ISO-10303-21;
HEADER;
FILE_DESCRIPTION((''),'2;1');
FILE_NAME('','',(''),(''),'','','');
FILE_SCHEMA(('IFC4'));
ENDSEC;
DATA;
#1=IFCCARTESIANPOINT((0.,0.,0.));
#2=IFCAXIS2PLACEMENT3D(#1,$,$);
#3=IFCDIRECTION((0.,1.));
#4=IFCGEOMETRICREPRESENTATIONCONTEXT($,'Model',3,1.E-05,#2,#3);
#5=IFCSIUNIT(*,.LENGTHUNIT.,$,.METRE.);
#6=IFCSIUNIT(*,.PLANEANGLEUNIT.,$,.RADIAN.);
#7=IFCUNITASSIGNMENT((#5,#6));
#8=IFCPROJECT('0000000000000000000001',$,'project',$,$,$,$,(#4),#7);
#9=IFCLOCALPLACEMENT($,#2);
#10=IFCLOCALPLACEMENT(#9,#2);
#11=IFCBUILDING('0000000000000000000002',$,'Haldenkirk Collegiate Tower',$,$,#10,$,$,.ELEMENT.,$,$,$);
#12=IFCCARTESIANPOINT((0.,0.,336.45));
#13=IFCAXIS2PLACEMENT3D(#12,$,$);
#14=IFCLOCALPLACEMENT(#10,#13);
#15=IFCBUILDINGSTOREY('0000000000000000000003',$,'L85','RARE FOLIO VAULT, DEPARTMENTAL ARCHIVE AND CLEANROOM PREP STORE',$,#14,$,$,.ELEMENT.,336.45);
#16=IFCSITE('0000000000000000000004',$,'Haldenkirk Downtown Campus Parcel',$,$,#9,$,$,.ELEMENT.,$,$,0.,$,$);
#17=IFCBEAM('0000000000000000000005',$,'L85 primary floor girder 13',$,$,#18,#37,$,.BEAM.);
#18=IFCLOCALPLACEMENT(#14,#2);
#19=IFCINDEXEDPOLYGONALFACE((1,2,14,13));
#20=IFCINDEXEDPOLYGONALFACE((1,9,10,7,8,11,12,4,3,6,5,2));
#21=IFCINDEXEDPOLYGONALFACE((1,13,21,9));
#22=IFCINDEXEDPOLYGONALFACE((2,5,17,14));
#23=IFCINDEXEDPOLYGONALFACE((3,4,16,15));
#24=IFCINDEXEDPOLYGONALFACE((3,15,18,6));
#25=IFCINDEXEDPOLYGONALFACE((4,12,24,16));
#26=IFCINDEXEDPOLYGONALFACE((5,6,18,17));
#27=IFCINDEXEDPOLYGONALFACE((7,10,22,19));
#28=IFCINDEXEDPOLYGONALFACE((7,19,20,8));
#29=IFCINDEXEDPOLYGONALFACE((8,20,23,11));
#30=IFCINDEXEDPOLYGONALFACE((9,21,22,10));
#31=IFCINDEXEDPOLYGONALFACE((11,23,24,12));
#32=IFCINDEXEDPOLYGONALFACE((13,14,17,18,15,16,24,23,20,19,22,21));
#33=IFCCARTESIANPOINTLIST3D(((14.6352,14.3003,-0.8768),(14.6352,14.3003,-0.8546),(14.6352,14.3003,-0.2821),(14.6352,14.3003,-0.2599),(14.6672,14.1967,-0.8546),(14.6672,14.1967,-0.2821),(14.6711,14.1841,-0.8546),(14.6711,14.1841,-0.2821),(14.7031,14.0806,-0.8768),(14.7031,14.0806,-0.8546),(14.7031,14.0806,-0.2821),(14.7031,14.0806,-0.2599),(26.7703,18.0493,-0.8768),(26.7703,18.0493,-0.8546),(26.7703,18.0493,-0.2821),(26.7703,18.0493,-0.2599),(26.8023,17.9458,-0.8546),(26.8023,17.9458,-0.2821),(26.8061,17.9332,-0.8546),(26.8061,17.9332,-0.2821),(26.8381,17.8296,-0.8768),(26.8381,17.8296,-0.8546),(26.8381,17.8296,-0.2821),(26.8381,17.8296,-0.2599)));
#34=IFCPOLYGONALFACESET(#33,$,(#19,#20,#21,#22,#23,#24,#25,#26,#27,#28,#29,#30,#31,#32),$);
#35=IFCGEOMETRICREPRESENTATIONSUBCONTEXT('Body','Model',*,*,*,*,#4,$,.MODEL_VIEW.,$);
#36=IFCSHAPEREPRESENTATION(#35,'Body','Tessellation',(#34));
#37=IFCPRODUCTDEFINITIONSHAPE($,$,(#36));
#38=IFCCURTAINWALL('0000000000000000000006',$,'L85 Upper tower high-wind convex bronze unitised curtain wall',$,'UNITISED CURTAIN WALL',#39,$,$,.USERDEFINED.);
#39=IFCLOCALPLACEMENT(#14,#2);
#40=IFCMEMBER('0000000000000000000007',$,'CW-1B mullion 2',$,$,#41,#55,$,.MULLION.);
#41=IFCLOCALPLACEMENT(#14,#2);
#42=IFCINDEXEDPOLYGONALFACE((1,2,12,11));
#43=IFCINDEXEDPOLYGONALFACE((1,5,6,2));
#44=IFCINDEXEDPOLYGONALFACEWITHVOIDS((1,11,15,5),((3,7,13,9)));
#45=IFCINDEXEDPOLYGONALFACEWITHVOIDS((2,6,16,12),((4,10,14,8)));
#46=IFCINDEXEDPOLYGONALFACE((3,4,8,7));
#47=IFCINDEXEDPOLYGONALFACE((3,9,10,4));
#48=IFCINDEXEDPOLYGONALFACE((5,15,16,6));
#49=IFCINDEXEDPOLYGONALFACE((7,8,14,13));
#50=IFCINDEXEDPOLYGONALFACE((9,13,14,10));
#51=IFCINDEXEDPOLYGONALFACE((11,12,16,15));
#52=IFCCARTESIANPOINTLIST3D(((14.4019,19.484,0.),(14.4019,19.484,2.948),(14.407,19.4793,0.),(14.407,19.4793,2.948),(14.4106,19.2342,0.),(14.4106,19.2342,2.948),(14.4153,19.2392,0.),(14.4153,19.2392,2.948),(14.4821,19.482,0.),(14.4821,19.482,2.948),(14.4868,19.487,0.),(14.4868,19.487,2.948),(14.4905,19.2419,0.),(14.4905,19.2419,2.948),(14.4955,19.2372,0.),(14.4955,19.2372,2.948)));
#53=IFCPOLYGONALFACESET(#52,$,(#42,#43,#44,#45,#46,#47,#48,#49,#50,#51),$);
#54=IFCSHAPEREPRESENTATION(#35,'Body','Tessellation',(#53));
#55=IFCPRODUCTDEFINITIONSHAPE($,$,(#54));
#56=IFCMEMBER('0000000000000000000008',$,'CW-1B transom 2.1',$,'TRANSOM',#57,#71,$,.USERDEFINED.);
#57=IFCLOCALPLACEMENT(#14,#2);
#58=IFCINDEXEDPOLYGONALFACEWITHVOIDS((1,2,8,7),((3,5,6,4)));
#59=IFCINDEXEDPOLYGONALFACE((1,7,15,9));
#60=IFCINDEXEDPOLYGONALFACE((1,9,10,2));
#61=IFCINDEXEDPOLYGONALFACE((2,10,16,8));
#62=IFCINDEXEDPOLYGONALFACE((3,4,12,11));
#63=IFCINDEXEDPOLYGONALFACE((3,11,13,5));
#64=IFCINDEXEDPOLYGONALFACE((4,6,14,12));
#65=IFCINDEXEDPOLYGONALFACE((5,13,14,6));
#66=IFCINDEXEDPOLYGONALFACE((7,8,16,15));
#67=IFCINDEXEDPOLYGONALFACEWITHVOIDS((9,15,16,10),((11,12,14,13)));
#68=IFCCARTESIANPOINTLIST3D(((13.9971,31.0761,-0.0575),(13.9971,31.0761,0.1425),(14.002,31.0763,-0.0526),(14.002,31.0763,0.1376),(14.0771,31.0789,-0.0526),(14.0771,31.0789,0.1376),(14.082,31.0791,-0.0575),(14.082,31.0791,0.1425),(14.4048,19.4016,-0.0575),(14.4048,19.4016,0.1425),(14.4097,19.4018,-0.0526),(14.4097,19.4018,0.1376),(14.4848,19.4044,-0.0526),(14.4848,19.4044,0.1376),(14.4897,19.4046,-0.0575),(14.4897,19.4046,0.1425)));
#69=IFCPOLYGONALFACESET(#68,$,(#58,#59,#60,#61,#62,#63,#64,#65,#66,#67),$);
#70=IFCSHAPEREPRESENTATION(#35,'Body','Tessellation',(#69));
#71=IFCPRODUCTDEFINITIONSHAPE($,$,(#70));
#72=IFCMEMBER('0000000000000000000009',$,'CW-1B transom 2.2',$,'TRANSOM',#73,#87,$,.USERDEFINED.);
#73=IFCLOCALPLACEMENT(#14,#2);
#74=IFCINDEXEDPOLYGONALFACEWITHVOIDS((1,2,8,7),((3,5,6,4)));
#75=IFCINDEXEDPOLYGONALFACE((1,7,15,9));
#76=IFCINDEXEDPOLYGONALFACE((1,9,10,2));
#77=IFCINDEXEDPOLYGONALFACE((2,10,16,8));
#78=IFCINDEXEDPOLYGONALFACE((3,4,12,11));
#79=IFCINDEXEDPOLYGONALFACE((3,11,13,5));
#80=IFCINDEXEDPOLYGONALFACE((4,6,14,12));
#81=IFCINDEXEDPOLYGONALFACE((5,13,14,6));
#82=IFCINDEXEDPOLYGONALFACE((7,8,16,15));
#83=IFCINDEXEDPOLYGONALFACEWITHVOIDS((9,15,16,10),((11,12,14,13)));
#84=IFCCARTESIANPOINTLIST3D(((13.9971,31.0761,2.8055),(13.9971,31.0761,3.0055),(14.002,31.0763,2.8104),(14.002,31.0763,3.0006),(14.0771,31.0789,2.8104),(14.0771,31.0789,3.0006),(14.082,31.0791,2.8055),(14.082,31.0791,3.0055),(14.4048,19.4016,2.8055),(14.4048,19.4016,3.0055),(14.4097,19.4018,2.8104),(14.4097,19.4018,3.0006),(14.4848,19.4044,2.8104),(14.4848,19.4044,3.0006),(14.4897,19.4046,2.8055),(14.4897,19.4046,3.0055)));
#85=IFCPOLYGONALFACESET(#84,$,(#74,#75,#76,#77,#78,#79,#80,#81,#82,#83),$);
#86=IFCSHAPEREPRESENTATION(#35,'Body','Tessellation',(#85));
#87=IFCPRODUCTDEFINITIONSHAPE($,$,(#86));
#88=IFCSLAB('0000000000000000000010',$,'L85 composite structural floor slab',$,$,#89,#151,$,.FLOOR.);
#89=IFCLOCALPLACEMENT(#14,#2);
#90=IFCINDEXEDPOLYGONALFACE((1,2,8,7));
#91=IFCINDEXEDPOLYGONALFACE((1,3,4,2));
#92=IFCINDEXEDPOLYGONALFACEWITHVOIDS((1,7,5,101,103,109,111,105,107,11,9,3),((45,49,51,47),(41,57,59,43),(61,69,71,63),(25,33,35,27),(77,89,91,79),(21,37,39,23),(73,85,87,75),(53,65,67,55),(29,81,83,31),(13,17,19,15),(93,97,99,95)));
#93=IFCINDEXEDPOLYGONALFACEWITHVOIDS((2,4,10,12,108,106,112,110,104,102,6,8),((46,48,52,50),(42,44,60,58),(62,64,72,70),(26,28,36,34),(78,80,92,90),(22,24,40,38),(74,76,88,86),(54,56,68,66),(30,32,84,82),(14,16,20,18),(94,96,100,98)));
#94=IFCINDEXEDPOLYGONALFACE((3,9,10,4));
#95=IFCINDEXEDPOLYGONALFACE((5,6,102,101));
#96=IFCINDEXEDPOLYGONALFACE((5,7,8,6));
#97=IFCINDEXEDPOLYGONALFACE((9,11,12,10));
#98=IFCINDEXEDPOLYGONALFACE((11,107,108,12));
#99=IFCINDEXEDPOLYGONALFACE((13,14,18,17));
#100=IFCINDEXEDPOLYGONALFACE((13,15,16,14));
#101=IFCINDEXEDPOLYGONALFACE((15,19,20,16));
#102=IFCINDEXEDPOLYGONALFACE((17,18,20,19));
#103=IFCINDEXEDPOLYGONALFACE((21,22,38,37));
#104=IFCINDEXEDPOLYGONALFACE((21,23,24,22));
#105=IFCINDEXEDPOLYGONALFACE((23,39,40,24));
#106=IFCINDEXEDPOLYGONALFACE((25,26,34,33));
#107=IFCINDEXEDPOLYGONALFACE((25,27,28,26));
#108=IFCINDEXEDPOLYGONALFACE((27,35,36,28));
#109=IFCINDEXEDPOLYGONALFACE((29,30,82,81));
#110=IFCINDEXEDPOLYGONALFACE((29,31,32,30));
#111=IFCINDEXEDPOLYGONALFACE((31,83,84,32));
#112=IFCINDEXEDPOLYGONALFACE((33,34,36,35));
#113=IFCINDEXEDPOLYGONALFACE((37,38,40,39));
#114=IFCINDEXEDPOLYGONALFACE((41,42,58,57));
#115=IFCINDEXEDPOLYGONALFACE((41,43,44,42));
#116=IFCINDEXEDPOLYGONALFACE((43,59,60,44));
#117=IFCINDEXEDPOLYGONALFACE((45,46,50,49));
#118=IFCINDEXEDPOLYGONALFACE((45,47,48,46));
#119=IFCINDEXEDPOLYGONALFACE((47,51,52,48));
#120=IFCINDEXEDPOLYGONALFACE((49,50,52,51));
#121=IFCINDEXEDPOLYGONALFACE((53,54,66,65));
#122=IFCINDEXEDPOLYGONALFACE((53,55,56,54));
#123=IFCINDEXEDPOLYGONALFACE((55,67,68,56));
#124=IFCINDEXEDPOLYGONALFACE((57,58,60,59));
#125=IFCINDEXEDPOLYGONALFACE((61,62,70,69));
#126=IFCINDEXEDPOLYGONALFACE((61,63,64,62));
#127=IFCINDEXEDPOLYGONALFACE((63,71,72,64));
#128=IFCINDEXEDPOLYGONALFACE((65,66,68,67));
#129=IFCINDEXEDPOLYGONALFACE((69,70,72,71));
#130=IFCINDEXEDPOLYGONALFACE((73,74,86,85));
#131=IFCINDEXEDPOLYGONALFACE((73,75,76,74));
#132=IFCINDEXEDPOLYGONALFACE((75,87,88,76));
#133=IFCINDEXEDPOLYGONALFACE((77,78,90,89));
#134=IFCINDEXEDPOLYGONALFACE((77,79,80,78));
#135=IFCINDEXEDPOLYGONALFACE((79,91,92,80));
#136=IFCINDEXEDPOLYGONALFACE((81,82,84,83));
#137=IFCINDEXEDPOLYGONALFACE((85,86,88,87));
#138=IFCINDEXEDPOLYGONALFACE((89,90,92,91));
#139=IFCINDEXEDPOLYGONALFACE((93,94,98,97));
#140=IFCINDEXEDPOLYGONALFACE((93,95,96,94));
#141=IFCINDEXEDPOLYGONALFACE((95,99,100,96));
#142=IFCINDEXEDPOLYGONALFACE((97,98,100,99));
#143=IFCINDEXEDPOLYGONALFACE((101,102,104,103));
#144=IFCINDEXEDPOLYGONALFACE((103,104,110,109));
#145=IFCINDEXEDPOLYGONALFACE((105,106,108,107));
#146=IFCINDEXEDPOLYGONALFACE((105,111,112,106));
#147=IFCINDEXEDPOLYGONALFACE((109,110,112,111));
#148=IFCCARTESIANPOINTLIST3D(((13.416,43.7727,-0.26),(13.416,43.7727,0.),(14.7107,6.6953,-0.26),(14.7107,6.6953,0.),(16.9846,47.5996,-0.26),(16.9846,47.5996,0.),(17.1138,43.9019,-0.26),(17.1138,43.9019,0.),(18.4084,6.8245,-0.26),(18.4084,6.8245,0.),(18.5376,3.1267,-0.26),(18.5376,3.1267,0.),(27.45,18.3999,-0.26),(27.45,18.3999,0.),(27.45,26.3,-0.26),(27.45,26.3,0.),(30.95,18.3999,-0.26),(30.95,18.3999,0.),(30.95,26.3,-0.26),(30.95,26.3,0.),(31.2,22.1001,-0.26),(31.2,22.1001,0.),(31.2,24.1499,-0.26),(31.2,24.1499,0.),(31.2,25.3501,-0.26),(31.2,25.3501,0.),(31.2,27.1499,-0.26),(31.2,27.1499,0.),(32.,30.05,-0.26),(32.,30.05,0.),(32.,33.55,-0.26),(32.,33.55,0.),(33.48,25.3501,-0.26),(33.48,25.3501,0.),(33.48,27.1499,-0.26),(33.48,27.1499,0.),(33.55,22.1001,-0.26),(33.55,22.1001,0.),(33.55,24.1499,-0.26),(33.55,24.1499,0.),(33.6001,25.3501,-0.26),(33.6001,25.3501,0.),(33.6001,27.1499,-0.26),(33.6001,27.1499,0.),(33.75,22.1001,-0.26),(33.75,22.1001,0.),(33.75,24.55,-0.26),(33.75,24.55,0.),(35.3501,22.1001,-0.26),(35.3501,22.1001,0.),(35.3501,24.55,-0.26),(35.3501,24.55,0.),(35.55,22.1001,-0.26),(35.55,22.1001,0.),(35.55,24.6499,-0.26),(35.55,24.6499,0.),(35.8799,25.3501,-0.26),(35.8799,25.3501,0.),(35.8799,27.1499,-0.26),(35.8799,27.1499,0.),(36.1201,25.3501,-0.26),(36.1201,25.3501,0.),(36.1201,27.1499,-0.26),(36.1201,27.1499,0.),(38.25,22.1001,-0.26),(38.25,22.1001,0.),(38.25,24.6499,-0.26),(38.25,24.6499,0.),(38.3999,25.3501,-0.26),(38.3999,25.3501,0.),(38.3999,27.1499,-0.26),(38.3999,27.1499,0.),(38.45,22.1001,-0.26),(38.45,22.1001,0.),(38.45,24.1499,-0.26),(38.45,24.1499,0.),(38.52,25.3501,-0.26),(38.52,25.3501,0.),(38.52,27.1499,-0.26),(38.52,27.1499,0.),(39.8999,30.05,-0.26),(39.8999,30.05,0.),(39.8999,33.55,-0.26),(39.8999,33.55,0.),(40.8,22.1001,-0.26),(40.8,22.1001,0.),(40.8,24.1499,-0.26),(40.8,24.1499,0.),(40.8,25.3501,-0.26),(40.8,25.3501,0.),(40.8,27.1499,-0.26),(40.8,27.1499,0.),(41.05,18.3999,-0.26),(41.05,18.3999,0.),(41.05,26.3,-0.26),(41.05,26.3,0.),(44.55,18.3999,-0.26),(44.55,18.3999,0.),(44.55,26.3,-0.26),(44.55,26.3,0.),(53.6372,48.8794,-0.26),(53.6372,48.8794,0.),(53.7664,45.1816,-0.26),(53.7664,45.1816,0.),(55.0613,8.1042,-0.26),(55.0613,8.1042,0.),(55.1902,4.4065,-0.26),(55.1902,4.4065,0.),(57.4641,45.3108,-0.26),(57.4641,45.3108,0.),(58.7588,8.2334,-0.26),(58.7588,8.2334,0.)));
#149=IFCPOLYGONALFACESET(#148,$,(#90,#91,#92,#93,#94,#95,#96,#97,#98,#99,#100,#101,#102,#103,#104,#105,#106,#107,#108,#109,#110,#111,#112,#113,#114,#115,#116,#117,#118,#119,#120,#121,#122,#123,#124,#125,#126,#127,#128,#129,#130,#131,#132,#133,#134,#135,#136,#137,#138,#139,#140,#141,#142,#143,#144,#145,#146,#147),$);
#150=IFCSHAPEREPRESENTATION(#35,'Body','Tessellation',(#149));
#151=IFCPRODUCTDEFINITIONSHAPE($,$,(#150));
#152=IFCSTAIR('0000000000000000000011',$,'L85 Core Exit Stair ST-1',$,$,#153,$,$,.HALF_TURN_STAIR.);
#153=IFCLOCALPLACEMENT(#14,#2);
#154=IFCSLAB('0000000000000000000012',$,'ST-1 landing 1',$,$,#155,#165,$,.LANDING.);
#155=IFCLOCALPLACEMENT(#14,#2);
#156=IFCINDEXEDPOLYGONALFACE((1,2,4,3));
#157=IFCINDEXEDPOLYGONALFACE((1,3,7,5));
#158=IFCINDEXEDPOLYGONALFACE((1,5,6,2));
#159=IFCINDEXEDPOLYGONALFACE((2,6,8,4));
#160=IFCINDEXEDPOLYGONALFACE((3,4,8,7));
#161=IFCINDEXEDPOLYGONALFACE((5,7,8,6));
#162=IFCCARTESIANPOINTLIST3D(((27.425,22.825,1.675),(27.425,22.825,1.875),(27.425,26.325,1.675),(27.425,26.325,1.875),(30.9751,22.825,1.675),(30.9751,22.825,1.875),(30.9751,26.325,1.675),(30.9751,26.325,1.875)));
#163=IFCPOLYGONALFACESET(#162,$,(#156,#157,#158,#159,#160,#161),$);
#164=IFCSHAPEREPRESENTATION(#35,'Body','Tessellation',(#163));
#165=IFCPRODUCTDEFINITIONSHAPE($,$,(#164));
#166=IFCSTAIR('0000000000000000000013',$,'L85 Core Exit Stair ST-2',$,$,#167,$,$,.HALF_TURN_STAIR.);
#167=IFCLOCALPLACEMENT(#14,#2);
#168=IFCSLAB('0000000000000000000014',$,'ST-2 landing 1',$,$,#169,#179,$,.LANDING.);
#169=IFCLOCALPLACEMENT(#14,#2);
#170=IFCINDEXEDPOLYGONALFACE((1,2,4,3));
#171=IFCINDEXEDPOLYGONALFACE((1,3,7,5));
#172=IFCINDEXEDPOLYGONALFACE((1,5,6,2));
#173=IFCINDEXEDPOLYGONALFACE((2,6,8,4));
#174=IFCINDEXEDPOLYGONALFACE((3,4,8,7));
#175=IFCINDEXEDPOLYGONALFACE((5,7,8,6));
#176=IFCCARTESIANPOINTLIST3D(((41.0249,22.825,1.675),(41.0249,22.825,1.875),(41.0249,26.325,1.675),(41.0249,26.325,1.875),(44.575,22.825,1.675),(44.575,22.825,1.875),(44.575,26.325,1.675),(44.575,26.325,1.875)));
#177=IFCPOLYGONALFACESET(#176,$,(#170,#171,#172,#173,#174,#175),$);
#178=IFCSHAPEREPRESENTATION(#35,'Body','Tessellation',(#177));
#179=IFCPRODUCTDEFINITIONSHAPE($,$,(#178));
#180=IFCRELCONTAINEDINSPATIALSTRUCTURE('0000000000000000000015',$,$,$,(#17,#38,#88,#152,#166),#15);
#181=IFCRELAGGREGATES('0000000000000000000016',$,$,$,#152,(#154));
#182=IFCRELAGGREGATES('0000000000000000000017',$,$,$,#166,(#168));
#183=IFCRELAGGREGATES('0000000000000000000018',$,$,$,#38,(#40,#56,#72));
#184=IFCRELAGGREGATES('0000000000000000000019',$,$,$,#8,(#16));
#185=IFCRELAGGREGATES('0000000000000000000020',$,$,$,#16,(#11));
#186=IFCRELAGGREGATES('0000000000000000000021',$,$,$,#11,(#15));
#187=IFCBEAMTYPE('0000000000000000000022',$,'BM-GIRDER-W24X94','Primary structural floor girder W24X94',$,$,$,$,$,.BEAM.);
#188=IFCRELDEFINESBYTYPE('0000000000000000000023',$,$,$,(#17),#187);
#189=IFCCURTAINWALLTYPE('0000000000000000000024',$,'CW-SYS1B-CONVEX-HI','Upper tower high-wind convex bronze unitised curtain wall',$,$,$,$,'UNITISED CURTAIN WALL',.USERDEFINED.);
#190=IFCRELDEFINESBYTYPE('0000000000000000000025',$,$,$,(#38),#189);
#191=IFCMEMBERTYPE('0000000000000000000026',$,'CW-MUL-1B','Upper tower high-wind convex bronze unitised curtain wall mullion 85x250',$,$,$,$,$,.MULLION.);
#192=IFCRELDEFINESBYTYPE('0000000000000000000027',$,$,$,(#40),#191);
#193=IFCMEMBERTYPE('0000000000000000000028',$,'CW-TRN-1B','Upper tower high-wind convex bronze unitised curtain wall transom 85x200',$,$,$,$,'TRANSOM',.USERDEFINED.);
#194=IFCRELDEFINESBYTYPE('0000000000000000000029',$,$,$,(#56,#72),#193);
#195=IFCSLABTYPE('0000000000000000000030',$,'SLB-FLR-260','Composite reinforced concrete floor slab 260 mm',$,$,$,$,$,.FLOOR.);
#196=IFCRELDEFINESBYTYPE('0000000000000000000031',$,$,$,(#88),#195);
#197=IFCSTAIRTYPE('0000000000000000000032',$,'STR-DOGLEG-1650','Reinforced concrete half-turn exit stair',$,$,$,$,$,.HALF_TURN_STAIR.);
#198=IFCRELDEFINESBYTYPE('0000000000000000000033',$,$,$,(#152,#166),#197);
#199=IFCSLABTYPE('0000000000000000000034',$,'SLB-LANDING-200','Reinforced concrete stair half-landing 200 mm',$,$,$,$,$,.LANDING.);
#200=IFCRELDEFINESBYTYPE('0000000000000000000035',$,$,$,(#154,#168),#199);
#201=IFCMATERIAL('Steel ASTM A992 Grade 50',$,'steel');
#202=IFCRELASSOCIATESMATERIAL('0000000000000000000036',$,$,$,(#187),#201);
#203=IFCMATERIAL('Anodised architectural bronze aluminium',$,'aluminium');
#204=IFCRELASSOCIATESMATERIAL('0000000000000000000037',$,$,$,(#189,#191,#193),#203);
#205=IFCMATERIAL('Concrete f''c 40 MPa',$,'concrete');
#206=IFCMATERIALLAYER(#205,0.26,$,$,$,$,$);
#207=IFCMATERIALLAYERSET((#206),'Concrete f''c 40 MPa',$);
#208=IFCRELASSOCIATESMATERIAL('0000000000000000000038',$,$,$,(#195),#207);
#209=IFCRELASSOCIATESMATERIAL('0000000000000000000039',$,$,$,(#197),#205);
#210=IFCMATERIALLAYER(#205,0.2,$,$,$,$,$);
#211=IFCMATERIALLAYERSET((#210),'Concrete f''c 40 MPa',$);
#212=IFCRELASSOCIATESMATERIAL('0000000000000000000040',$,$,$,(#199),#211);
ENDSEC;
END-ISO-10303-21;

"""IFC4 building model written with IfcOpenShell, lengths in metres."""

from ifc_helpers import new_model, si_unit, direction, frame, origin, origin_2d, place, context, subcontext, project, spatial, polyline, hollow_rectangle, i_section, outline, extrude, material, layer, layer_set, material_profile, profile_set, type_object, element, aggregate, save


model = new_model("IFC4")

# Units and contexts
model_context = context("Model", 3, precision=1e-05, world=origin(), true_north=direction((0.0, 1.0)))
body_context = subcontext(model_context, "Body", "Model", "MODEL_VIEW")
ifc_project = project(units=[si_unit("LENGTHUNIT", "METRE"), si_unit("PLANEANGLEUNIT", "RADIAN")], contexts=[model_context])

# Site, building, storey
site_placement = place(None, origin())
site = spatial("IfcSite", under=ifc_project, at=site_placement, Name="Haldenkirk Downtown Campus Parcel", CompositionType="ELEMENT", RefElevation=0.0)
building_placement = place(site_placement, origin())
building = spatial("IfcBuilding", under=site, at=building_placement, Name="Haldenkirk Collegiate Tower", CompositionType="ELEMENT")
storey_placement = place(building_placement, frame((0.0, 0.0, 336.45)))
storey = spatial("IfcBuildingStorey", under=building, at=storey_placement, Name="L85", Description="RARE FOLIO VAULT, DEPARTMENTAL ARCHIVE AND CLEANROOM PREP STORE", CompositionType="ELEMENT", Elevation=336.45)

# Beam
ifc_material_1 = material(Name="Steel ASTM A992 Grade 50", Category="steel")
ifc_material_profile_1 = material_profile(ifc_material_1, i_section(OverallWidth=0.23, OverallDepth=0.6169, WebThickness=0.0132, FlangeThickness=0.0222, at=origin_2d()), Name="W24X94")
ifc_profile_set_1 = profile_set([ifc_material_profile_1], Name="Steel ASTM A992 Grade 50")
beam_type = type_object("IfcBeamType", Name="BM-GIRDER-W24X94", Description="Primary structural floor girder W24X94", PredefinedType="BEAM", material=ifc_profile_set_1)
beam_placement = place(storey_placement, frame((14.6692, 14.1904, -0.5684), z_axis=(0.955443, 0.295177, 0.0), x_axis=(-0.295177, 0.955443, 0.0)))
element("IfcBeam", 1, at=beam_placement, inside=storey, type_object=beam_type, Name="L85 primary floor girder 13", PredefinedType="BEAM", context=body_context, shape_type="SweptSolid", body=[
    extrude(i_section(OverallWidth=0.23, OverallDepth=0.6169, WebThickness=0.0132, FlangeThickness=0.0222, at=origin_2d()), origin(), (0.0, 0.0, 1.0), 12.7009),
])

# Curtain wall, members
ifc_material_2 = material(Name="Anodised architectural bronze aluminium", Category="aluminium")
curtain_wall_type = type_object("IfcCurtainWallType", Name="CW-SYS1B-CONVEX-HI", Description="Upper tower high-wind convex bronze unitised curtain wall", ElementType="UNITISED CURTAIN WALL", PredefinedType="USERDEFINED", material=ifc_material_2)
curtain_wall_placement = place(storey_placement, origin())
curtain_wall = element("IfcCurtainWall", 2, at=curtain_wall_placement, inside=storey, type_object=curtain_wall_type, Name="L85 Upper tower high-wind convex bronze unitised curtain wall", ObjectType="UNITISED CURTAIN WALL", PredefinedType="USERDEFINED")
ifc_material_profile_2 = material_profile(ifc_material_2, hollow_rectangle(XDim=0.085, YDim=0.25, WallThickness=0.0049, at=origin_2d()), Name="CW-MUL-1B")
ifc_profile_set_2 = profile_set([ifc_material_profile_2], Name="Anodised architectural bronze aluminium")
member_type_1 = type_object("IfcMemberType", Name="CW-MUL-1B", Description="Upper tower high-wind convex bronze unitised curtain wall mullion 85x250", PredefinedType="MULLION", material=ifc_profile_set_2)
member_1_placement = place(storey_placement, frame((14.4487, 19.3606, 0.0), z_axis=(0.0, 0.0, 1.0), x_axis=(-0.999391, -0.034901, 0.0)))
member_1 = element("IfcMember", 3, at=member_1_placement, type_object=member_type_1, Name="CW-1B mullion 2", PredefinedType="MULLION", context=body_context, shape_type="SweptSolid", body=[
    extrude(hollow_rectangle(XDim=0.085, YDim=0.25, WallThickness=0.0049, at=origin_2d()), origin(), (0.0, 0.0, 1.0), 2.948),
])
ifc_material_profile_3 = material_profile(ifc_material_2, hollow_rectangle(XDim=0.085, YDim=0.2, WallThickness=0.0049, at=origin_2d()), Name="CW-TRN-1B")
ifc_profile_set_3 = profile_set([ifc_material_profile_3], Name="Anodised architectural bronze aluminium")
member_type_2 = type_object("IfcMemberType", Name="CW-TRN-1B", Description="Upper tower high-wind convex bronze unitised curtain wall transom 85x200", ElementType="TRANSOM", PredefinedType="USERDEFINED", material=ifc_profile_set_3)
member_2_placement = place(storey_placement, frame((14.4473, 19.4031, 0.0425), z_axis=(-0.034902, 0.999391, 0.0), x_axis=(-0.999391, -0.034902, 0.0)))
member_2 = element("IfcMember", 4, at=member_2_placement, type_object=member_type_2, Name="CW-1B transom 2.1", ObjectType="TRANSOM", PredefinedType="USERDEFINED", context=body_context, shape_type="SweptSolid", body=[
    extrude(hollow_rectangle(XDim=0.085, YDim=0.2, WallThickness=0.0049, at=origin_2d()), origin(), (0.0, 0.0, 1.0), 11.6816),
])
member_3_placement = place(storey_placement, frame((14.4473, 19.4031, 2.9055), z_axis=(-0.034902, 0.999391, 0.0), x_axis=(-0.999391, -0.034902, 0.0)))
member_3 = element("IfcMember", 5, at=member_3_placement, type_object=member_type_2, Name="CW-1B transom 2.2", ObjectType="TRANSOM", PredefinedType="USERDEFINED", context=body_context, shape_type="SweptSolid", body=[
    extrude(hollow_rectangle(XDim=0.085, YDim=0.2, WallThickness=0.0049, at=origin_2d()), origin(), (0.0, 0.0, 1.0), 11.6816),
])

# Slab
ifc_material_3 = material(Name="Concrete f'c 40 MPa", Category="concrete")
ifc_layer_1 = layer(ifc_material_3, 0.26)
ifc_layer_set_1 = layer_set([ifc_layer_1], Name="Concrete f'c 40 MPa")
slab_type_1 = type_object("IfcSlabType", Name="SLB-FLR-260", Description="Composite reinforced concrete floor slab 260 mm", PredefinedType="FLOOR", material=ifc_layer_set_1)
slab_1_placement = place(storey_placement, frame((0.0, 0.0, -0.26)))
element("IfcSlab", 6, at=slab_1_placement, inside=storey, type_object=slab_type_1, Name="L85 composite structural floor slab", PredefinedType="FLOOR", context=body_context, shape_type="SweptSolid", body=[
    extrude(outline(polyline([(58.7588, 8.2334), (57.4641, 45.3108), (53.7664, 45.1816), (53.6372, 48.8794), (16.9846, 47.5996), (17.1138, 43.9019), (13.416, 43.7727), (14.7107, 6.6953), (18.4084, 6.8245), (18.5376, 3.1267), (55.1902, 4.4065), (55.0613, 8.1042), (58.7588, 8.2334)]), holes=[polyline([(27.45, 18.3999), (30.95, 18.3999), (30.95, 26.3), (27.45, 26.3), (27.45, 18.3999)]), polyline([(41.05, 18.3999), (44.55, 18.3999), (44.55, 26.3), (41.05, 26.3), (41.05, 18.3999)]), polyline([(32.0, 30.05), (39.8999, 30.05), (39.8999, 33.55), (32.0, 33.55), (32.0, 30.05)]), polyline([(33.75, 22.1001), (35.3501, 22.1001), (35.3501, 24.55), (33.75, 24.55), (33.75, 22.1001)]), polyline([(31.2, 25.3501), (33.48, 25.3501), (33.48, 27.1499), (31.2, 27.1499), (31.2, 25.3501)]), polyline([(33.6001, 25.3501), (35.8799, 25.3501), (35.8799, 27.1499), (33.6001, 27.1499), (33.6001, 25.3501)]), polyline([(36.1201, 25.3501), (38.3999, 25.3501), (38.3999, 27.1499), (36.1201, 27.1499), (36.1201, 25.3501)]), polyline([(38.52, 25.3501), (40.8, 25.3501), (40.8, 27.1499), (38.52, 27.1499), (38.52, 25.3501)]), polyline([(31.2, 22.1001), (33.55, 22.1001), (33.55, 24.1499), (31.2, 24.1499), (31.2, 22.1001)]), polyline([(38.45, 22.1001), (40.8, 22.1001), (40.8, 24.1499), (38.45, 24.1499), (38.45, 22.1001)]), polyline([(35.55, 22.1001), (38.25, 22.1001), (38.25, 24.6499), (35.55, 24.6499), (35.55, 22.1001)])]), origin(), (0.0, 0.0, 1.0), 0.26),
])

# Stairs, slabs
stair_type = type_object("IfcStairType", Name="STR-DOGLEG-1650", Description="Reinforced concrete half-turn exit stair", PredefinedType="HALF_TURN_STAIR", material=ifc_material_3)
stair_1_placement = place(storey_placement, origin())
stair_1 = element("IfcStair", 7, at=stair_1_placement, inside=storey, type_object=stair_type, Name="L85 Core Exit Stair ST-1", PredefinedType="HALF_TURN_STAIR")
ifc_layer_2 = layer(ifc_material_3, 0.2)
ifc_layer_set_2 = layer_set([ifc_layer_2], Name="Concrete f'c 40 MPa")
slab_type_2 = type_object("IfcSlabType", Name="SLB-LANDING-200", Description="Reinforced concrete stair half-landing 200 mm", PredefinedType="LANDING", material=ifc_layer_set_2)
slab_2_placement = place(storey_placement, frame((0.0, 0.0, 1.675)))
slab_2 = element("IfcSlab", 8, at=slab_2_placement, type_object=slab_type_2, Name="ST-1 landing 1", PredefinedType="LANDING", context=body_context, shape_type="SweptSolid", body=[
    extrude(outline(polyline([(30.9751, 22.825), (27.425, 22.825), (27.425, 26.325), (30.9751, 26.325), (30.9751, 22.825)])), origin(), (0.0, 0.0, 1.0), 0.2),
])
aggregate(stair_1, [slab_2])
stair_2_placement = place(storey_placement, origin())
stair_2 = element("IfcStair", 9, at=stair_2_placement, inside=storey, type_object=stair_type, Name="L85 Core Exit Stair ST-2", PredefinedType="HALF_TURN_STAIR")
slab_3_placement = place(storey_placement, frame((0.0, 0.0, 1.675)))
slab_3 = element("IfcSlab", 10, at=slab_3_placement, type_object=slab_type_2, Name="ST-2 landing 1", PredefinedType="LANDING", context=body_context, shape_type="SweptSolid", body=[
    extrude(outline(polyline([(44.575, 22.825), (41.0249, 22.825), (41.0249, 26.325), (44.575, 26.325), (44.575, 22.825)])), origin(), (0.0, 0.0, 1.0), 0.2),
])
aggregate(stair_2, [slab_3])

aggregate(curtain_wall, [member_1, member_2, member_3])

save(model, "model.ifc")
